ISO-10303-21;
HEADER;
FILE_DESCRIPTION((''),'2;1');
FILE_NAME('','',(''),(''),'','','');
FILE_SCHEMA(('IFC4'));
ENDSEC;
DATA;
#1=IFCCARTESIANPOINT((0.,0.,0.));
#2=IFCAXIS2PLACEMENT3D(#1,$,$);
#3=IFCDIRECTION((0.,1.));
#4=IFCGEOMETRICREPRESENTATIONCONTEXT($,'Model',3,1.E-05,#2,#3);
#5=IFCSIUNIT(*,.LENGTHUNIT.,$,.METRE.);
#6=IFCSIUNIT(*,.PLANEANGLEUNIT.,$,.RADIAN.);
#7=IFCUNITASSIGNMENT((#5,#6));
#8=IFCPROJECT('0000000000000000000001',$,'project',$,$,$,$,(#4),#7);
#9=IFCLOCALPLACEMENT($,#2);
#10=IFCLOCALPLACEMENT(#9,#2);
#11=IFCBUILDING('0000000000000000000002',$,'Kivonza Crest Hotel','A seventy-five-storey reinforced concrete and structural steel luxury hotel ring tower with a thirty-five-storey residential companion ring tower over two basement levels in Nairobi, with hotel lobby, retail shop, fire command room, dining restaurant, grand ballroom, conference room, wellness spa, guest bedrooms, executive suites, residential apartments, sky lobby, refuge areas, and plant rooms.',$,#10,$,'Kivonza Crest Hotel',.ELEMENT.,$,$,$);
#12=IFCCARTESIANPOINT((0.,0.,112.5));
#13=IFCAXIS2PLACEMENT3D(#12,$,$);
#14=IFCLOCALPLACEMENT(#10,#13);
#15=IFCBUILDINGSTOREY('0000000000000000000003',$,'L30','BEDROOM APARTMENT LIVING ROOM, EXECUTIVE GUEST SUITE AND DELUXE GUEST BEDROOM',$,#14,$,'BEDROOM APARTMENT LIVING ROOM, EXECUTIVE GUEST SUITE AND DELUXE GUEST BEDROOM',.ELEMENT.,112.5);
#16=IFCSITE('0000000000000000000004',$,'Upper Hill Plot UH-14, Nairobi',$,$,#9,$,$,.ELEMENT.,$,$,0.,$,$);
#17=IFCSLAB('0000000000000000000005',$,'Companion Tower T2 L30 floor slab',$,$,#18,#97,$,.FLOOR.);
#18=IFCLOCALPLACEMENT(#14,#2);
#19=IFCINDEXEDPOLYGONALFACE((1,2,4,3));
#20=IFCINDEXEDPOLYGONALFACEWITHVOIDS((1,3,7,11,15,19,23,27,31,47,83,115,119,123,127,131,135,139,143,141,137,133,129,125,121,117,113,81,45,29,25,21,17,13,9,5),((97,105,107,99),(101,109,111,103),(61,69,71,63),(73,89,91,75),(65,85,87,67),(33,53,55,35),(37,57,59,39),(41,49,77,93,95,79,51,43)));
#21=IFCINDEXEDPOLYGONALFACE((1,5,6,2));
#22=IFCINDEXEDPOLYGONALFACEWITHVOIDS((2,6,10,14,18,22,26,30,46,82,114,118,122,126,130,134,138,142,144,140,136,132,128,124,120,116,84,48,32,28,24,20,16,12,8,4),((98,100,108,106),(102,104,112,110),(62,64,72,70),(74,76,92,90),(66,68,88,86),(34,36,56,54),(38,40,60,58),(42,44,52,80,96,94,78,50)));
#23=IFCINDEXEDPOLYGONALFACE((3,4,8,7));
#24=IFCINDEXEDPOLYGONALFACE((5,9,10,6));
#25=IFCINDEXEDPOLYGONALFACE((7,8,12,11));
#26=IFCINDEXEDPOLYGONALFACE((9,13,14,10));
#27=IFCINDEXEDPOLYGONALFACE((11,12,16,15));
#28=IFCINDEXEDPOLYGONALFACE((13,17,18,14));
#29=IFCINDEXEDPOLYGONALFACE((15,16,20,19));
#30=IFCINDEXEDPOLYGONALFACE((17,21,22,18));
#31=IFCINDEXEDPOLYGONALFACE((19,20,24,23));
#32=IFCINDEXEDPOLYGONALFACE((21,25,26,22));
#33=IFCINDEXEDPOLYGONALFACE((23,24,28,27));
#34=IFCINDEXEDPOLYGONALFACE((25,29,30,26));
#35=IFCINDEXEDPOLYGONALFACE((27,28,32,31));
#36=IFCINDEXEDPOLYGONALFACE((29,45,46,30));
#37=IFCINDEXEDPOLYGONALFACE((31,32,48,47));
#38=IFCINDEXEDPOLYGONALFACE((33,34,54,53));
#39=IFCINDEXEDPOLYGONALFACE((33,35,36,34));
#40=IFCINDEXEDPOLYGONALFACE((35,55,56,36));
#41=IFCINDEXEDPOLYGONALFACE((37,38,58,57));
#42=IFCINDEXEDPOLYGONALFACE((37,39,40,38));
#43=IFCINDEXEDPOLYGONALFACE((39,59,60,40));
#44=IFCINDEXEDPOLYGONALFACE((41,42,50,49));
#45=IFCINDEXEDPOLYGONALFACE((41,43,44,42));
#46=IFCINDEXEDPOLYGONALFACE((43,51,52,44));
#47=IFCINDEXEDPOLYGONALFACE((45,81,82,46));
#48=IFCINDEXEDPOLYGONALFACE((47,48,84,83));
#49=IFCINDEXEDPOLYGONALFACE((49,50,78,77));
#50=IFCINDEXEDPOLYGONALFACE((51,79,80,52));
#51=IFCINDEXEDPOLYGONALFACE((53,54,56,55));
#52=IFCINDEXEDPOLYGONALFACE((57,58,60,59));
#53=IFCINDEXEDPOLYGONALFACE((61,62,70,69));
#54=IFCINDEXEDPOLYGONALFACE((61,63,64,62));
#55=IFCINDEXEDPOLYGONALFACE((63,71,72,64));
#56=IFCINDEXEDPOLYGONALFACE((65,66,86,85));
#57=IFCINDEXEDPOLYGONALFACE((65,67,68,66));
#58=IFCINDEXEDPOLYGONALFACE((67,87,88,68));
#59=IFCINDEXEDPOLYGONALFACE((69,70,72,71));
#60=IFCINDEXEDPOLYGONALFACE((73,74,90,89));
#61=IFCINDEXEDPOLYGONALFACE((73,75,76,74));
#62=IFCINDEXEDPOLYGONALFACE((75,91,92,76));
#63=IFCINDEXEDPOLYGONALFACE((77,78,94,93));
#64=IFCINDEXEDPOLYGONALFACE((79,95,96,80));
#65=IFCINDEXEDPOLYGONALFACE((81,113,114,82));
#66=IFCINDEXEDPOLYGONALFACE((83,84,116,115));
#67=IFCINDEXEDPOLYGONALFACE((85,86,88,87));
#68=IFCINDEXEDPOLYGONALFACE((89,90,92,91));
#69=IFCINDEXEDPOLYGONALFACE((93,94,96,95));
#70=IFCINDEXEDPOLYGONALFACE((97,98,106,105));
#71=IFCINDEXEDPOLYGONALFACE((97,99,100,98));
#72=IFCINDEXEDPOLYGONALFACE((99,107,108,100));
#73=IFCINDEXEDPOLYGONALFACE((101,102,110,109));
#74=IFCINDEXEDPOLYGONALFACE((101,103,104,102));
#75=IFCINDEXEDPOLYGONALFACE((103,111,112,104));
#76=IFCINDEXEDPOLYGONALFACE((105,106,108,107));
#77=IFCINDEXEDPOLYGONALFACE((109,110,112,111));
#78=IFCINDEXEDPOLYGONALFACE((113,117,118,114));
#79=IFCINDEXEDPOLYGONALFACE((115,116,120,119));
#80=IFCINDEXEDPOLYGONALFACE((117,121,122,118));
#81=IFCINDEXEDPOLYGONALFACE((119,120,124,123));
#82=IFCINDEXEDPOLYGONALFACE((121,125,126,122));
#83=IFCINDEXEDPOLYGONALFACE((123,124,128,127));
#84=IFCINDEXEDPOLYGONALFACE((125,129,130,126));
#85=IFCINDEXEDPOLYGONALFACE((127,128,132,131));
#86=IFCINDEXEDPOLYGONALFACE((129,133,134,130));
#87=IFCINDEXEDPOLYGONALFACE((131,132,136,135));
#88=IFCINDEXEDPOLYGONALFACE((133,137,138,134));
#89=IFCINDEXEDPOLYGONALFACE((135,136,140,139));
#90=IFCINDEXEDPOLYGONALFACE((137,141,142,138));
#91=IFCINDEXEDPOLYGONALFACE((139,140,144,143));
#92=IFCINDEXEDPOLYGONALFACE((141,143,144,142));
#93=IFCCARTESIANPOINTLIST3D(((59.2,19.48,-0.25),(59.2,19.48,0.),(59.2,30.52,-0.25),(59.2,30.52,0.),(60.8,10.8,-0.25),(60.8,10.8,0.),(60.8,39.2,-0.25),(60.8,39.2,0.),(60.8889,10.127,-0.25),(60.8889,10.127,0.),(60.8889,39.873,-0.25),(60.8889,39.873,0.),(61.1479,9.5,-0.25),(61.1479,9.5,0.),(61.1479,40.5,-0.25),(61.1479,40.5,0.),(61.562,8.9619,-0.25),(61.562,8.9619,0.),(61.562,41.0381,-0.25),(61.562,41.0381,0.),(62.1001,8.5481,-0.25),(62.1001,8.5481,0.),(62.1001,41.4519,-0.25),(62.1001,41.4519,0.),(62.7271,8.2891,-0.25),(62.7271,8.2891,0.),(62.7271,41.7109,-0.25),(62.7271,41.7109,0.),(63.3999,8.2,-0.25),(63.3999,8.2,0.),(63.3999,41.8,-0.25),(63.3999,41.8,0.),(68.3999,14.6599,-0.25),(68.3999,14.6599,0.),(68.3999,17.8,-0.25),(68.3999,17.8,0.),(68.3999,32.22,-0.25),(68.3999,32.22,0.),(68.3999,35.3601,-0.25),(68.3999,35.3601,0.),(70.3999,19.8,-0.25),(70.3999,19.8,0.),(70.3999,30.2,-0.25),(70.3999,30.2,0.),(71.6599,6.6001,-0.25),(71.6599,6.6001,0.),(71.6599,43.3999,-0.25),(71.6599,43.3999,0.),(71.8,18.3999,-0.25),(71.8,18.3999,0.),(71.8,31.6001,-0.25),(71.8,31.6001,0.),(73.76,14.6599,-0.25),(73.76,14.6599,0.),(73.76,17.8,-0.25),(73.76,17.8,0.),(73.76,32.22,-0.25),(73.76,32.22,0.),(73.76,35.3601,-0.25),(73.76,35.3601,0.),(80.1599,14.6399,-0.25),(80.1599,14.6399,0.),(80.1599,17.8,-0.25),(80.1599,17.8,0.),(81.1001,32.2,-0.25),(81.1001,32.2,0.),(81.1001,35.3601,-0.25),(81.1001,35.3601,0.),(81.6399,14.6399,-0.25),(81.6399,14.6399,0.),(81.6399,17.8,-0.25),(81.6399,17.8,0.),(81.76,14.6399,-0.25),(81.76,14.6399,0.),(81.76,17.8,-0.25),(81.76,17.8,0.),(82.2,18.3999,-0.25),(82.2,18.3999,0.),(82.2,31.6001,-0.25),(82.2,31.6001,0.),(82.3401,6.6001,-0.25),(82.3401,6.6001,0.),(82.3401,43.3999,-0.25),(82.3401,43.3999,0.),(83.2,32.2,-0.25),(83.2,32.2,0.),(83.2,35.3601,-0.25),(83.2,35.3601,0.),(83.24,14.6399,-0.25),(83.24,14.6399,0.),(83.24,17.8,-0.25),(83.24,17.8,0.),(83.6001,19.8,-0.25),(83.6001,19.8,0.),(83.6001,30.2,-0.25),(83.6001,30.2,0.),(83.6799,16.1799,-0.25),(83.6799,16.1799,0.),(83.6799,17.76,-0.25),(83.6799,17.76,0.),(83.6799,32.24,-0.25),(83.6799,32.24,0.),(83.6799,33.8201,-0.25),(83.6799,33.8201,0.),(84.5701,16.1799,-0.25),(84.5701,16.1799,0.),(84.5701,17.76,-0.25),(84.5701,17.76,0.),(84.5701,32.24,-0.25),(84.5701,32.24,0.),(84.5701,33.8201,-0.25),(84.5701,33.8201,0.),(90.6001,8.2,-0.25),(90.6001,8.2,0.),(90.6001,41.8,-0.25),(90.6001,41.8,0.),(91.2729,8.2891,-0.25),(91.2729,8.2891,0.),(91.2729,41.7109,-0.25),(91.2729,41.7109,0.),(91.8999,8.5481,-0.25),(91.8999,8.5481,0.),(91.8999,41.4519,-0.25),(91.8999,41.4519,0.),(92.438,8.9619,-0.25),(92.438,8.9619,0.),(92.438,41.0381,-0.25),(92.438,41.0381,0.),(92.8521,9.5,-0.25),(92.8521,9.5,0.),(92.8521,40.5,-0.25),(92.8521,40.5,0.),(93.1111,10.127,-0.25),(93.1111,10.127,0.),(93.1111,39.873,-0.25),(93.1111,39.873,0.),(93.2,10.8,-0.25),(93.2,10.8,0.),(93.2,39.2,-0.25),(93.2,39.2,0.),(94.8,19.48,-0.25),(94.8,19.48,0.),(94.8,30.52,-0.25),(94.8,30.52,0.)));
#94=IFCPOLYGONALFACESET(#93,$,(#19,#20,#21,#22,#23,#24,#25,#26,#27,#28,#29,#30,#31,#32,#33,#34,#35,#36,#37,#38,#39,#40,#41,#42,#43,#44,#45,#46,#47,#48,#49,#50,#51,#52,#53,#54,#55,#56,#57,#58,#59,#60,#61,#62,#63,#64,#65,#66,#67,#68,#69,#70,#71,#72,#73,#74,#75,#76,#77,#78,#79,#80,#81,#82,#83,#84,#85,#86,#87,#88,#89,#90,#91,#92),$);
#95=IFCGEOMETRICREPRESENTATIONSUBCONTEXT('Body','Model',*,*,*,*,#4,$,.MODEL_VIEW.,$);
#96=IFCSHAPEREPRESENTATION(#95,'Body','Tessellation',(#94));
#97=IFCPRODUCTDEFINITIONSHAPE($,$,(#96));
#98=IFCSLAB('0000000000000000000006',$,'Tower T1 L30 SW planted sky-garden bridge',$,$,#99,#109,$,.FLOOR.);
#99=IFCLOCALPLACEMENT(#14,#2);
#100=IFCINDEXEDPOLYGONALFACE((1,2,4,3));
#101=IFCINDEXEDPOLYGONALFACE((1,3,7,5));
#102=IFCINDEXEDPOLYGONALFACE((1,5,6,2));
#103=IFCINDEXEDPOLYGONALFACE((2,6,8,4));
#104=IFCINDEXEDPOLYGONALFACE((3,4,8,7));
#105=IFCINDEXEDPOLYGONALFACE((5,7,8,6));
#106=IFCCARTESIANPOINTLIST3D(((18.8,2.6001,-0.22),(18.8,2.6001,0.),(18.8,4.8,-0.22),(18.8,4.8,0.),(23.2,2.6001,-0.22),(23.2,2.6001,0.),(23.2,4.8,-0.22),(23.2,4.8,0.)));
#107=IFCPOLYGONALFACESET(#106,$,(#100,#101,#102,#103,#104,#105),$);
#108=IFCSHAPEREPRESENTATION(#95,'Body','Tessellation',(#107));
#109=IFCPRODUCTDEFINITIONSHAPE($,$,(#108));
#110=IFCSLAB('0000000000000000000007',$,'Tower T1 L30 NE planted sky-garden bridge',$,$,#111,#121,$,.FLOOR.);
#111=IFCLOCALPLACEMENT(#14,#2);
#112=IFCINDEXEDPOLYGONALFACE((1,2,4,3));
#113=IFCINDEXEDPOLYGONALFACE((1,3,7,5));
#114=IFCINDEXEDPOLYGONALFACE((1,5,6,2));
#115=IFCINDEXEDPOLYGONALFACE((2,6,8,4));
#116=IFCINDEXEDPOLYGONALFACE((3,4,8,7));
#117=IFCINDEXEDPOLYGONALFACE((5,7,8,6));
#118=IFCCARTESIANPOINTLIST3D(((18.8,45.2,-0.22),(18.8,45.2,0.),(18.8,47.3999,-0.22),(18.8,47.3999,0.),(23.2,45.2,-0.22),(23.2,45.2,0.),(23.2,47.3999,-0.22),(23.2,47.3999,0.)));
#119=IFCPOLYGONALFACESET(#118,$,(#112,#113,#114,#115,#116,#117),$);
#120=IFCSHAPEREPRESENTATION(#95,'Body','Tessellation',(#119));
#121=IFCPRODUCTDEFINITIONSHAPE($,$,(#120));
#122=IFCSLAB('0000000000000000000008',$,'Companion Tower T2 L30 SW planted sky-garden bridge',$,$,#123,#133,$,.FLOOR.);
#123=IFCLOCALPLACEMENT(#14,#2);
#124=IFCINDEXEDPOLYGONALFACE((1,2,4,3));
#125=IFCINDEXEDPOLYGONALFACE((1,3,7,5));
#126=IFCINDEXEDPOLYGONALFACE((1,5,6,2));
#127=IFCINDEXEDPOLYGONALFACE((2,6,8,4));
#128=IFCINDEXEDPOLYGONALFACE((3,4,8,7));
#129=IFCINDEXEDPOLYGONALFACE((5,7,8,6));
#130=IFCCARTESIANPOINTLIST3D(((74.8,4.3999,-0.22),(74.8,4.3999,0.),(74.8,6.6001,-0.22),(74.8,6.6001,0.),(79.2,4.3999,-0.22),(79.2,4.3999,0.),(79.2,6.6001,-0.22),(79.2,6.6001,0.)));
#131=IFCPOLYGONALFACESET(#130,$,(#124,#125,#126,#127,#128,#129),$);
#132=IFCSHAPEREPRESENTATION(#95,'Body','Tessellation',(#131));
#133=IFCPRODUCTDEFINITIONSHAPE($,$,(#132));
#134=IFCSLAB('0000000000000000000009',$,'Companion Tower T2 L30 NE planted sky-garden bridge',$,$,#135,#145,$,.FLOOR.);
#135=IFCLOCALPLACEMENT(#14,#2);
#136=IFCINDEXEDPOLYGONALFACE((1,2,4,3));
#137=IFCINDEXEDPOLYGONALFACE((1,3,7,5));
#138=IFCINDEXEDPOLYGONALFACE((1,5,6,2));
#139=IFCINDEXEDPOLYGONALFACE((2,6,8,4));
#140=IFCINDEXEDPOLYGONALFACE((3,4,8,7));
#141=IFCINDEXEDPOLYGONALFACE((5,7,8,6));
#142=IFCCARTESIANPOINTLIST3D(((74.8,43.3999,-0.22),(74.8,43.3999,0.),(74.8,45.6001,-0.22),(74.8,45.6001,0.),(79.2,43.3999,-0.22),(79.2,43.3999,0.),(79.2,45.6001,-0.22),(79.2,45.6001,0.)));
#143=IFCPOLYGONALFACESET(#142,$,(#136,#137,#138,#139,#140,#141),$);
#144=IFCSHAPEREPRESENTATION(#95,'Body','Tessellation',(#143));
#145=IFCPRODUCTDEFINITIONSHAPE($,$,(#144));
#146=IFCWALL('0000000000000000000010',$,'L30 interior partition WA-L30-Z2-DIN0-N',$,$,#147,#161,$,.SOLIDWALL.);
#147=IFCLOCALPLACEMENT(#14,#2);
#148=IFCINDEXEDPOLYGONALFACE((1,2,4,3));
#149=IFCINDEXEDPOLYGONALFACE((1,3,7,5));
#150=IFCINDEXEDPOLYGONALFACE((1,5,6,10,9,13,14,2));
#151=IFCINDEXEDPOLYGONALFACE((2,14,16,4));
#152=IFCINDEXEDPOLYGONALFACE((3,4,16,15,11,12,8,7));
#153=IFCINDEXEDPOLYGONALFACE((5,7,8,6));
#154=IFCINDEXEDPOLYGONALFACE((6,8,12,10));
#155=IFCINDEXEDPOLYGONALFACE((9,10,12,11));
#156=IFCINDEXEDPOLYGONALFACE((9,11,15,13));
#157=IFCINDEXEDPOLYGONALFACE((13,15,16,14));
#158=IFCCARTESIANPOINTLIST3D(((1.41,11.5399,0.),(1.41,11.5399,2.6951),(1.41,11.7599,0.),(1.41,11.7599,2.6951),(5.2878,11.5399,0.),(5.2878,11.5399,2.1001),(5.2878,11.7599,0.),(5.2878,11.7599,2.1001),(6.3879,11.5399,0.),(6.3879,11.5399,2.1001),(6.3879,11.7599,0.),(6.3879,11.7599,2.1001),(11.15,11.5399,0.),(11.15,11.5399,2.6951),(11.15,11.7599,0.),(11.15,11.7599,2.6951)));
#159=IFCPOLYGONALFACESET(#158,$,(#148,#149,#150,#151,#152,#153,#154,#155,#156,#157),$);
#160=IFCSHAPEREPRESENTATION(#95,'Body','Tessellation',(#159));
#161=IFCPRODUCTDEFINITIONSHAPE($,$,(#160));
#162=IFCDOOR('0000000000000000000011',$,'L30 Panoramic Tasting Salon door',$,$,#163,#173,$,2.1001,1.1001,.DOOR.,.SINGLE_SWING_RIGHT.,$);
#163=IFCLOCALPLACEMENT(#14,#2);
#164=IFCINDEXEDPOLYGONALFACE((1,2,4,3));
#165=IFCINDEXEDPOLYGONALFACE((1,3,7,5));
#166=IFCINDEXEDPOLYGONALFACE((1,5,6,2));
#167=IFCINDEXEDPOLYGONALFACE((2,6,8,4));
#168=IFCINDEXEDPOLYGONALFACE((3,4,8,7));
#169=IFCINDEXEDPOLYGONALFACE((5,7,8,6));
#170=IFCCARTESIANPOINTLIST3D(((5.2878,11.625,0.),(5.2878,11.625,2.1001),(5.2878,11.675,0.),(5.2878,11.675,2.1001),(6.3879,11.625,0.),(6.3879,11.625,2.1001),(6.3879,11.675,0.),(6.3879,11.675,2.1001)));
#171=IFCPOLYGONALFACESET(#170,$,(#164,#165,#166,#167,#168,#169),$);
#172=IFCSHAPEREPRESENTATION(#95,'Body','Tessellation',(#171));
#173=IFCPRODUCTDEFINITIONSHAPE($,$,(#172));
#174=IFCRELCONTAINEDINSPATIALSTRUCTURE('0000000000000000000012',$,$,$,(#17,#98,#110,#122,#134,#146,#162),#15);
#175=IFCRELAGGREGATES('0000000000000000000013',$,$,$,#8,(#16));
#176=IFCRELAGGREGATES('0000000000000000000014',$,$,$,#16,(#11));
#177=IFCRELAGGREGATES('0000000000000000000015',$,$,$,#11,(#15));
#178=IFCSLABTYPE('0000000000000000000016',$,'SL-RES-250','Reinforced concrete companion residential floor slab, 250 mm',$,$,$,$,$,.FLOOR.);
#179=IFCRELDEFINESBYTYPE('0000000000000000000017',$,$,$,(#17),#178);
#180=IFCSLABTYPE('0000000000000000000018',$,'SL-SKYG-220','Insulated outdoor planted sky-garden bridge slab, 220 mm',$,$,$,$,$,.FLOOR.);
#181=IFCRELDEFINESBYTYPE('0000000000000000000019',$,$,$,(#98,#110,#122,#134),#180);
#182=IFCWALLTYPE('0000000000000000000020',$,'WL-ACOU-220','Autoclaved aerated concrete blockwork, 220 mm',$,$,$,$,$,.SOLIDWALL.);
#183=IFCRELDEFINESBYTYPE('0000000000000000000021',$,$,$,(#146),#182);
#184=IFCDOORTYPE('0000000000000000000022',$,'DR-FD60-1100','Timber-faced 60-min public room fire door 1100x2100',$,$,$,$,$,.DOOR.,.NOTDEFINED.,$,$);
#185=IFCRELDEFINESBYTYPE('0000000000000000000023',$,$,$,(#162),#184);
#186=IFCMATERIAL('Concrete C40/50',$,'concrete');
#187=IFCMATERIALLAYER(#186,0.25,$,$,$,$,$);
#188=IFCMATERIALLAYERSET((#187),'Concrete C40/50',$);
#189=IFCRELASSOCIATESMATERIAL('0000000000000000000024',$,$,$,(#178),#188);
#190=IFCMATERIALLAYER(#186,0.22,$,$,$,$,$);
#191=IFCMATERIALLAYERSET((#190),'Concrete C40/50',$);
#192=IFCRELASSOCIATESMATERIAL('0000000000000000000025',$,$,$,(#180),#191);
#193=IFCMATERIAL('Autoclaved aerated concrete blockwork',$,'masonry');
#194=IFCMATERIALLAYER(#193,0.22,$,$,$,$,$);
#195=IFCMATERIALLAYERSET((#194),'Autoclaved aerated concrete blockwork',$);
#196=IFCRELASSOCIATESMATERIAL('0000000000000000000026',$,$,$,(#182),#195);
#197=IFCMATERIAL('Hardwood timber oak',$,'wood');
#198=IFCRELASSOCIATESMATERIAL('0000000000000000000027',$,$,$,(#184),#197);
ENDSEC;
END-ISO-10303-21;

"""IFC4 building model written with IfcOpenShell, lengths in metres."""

from ifc_helpers import new_model, si_unit, direction, frame, frame_2d, origin, place, context, subcontext, project, spatial, polyline, rectangle, outline, extrude, material, layer, layer_set, type_object, element, fill, save


model = new_model("IFC4")

# Units and contexts
model_context = context("Model", 3, precision=1e-05, world=origin(), true_north=direction((0.0, 1.0)))
body_context = subcontext(model_context, "Body", "Model", "MODEL_VIEW")
ifc_project = project(units=[si_unit("LENGTHUNIT", "METRE"), si_unit("PLANEANGLEUNIT", "RADIAN")], contexts=[model_context])

# Site, building, storey
site_placement = place(None, origin())
site = spatial("IfcSite", under=ifc_project, at=site_placement, Name="Upper Hill Plot UH-14, Nairobi", CompositionType="ELEMENT", RefElevation=0.0)
building_placement = place(site_placement, origin())
building = spatial("IfcBuilding", under=site, at=building_placement, Name="Kivonza Crest Hotel", Description="A seventy-five-storey reinforced concrete and structural steel luxury hotel ring tower with a thirty-five-storey residential companion ring tower over two basement levels in Nairobi, with hotel lobby, retail shop, fire command room, dining restaurant, grand ballroom, conference room, wellness spa, guest bedrooms, executive suites, residential apartments, sky lobby, refuge areas, and plant rooms.", LongName="Kivonza Crest Hotel", CompositionType="ELEMENT")
storey_placement = place(building_placement, frame((0.0, 0.0, 112.5)))
storey = spatial("IfcBuildingStorey", under=building, at=storey_placement, Name="L30", Description="BEDROOM APARTMENT LIVING ROOM, EXECUTIVE GUEST SUITE AND DELUXE GUEST BEDROOM", LongName="BEDROOM APARTMENT LIVING ROOM, EXECUTIVE GUEST SUITE AND DELUXE GUEST BEDROOM", CompositionType="ELEMENT", Elevation=112.5)

# Shared definitions
ifc_material_1 = material(Name="Concrete C40/50", Category="concrete")

# Slabs
ifc_layer_1 = layer(ifc_material_1, 0.25)
ifc_layer_set_1 = layer_set([ifc_layer_1], Name="Concrete C40/50")
slab_type_1 = type_object("IfcSlabType", Name="SL-RES-250", Description="Reinforced concrete companion residential floor slab, 250 mm", PredefinedType="FLOOR", material=ifc_layer_set_1)
slab_1_placement = place(storey_placement, frame((0.0, 0.0, -0.25)))
element("IfcSlab", 1, at=slab_1_placement, inside=storey, type_object=slab_type_1, Name="Companion Tower T2 L30 floor slab", PredefinedType="FLOOR", context=body_context, shape_type="SweptSolid", body=[
    extrude(outline(polyline([(60.8, 10.8), (60.8889, 10.127), (61.1479, 9.5), (61.562, 8.9619), (62.1001, 8.5481), (62.7271, 8.2891), (63.3999, 8.2), (71.6599, 6.6001), (82.3401, 6.6001), (90.6001, 8.2), (91.2729, 8.2891), (91.8999, 8.5481), (92.438, 8.9619), (92.8521, 9.5), (93.1111, 10.127), (93.2, 10.8), (94.8, 19.48), (94.8, 30.52), (93.2, 39.2), (93.1111, 39.873), (92.8521, 40.5), (92.438, 41.0381), (91.8999, 41.4519), (91.2729, 41.7109), (90.6001, 41.8), (82.3401, 43.3999), (71.6599, 43.3999), (63.3999, 41.8), (62.7271, 41.7109), (62.1001, 41.4519), (61.562, 41.0381), (61.1479, 40.5), (60.8889, 39.873), (60.8, 39.2), (59.2, 30.52), (59.2, 19.48), (60.8, 10.8)]), holes=[polyline([(71.8, 18.3999), (82.2, 18.3999), (83.6001, 19.8), (83.6001, 30.2), (82.2, 31.6001), (71.8, 31.6001), (70.3999, 30.2), (70.3999, 19.8), (71.8, 18.3999)]), polyline([(68.3999, 32.22), (73.76, 32.22), (73.76, 35.3601), (68.3999, 35.3601), (68.3999, 32.22)]), polyline([(68.3999, 14.6599), (73.76, 14.6599), (73.76, 17.8), (68.3999, 17.8), (68.3999, 14.6599)]), polyline([(83.6799, 32.24), (84.5701, 32.24), (84.5701, 33.8201), (83.6799, 33.8201), (83.6799, 32.24)]), polyline([(83.6799, 16.1799), (84.5701, 16.1799), (84.5701, 17.76), (83.6799, 17.76), (83.6799, 16.1799)]), polyline([(81.1001, 32.2), (83.2, 32.2), (83.2, 35.3601), (81.1001, 35.3601), (81.1001, 32.2)]), polyline([(80.1599, 14.6399), (81.6399, 14.6399), (81.6399, 17.8), (80.1599, 17.8), (80.1599, 14.6399)]), polyline([(81.76, 14.6399), (83.24, 14.6399), (83.24, 17.8), (81.76, 17.8), (81.76, 14.6399)])]), origin(), (0.0, 0.0, 1.0), 0.25),
])
ifc_layer_2 = layer(ifc_material_1, 0.22)
ifc_layer_set_2 = layer_set([ifc_layer_2], Name="Concrete C40/50")
slab_type_2 = type_object("IfcSlabType", Name="SL-SKYG-220", Description="Insulated outdoor planted sky-garden bridge slab, 220 mm", PredefinedType="FLOOR", material=ifc_layer_set_2)
slab_2_placement = place(storey_placement, frame((0.0, 0.0, -0.22)))
element("IfcSlab", 2, at=slab_2_placement, inside=storey, type_object=slab_type_2, Name="Tower T1 L30 SW planted sky-garden bridge", PredefinedType="FLOOR", context=body_context, shape_type="SweptSolid", body=[
    extrude(outline(polyline([(18.8, 2.6001), (23.2, 2.6001), (23.2, 4.8), (18.8, 4.8), (18.8, 2.6001)])), origin(), (0.0, 0.0, 1.0), 0.22),
])
slab_3_placement = place(storey_placement, frame((0.0, 0.0, -0.22)))
element("IfcSlab", 3, at=slab_3_placement, inside=storey, type_object=slab_type_2, Name="Tower T1 L30 NE planted sky-garden bridge", PredefinedType="FLOOR", context=body_context, shape_type="SweptSolid", body=[
    extrude(outline(polyline([(18.8, 45.2), (23.2, 45.2), (23.2, 47.3999), (18.8, 47.3999), (18.8, 45.2)])), origin(), (0.0, 0.0, 1.0), 0.22),
])
slab_4_placement = place(storey_placement, frame((0.0, 0.0, -0.22)))
element("IfcSlab", 4, at=slab_4_placement, inside=storey, type_object=slab_type_2, Name="Companion Tower T2 L30 SW planted sky-garden bridge", PredefinedType="FLOOR", context=body_context, shape_type="SweptSolid", body=[
    extrude(outline(polyline([(74.8, 4.3999), (79.2, 4.3999), (79.2, 6.6001), (74.8, 6.6001), (74.8, 4.3999)])), origin(), (0.0, 0.0, 1.0), 0.22),
])
slab_5_placement = place(storey_placement, frame((0.0, 0.0, -0.22)))
element("IfcSlab", 5, at=slab_5_placement, inside=storey, type_object=slab_type_2, Name="Companion Tower T2 L30 NE planted sky-garden bridge", PredefinedType="FLOOR", context=body_context, shape_type="SweptSolid", body=[
    extrude(outline(polyline([(74.8, 43.3999), (79.2, 43.3999), (79.2, 45.6001), (74.8, 45.6001), (74.8, 43.3999)])), origin(), (0.0, 0.0, 1.0), 0.22),
])

# Wall, opening, door
ifc_material_2 = material(Name="Autoclaved aerated concrete blockwork", Category="masonry")
ifc_layer_3 = layer(ifc_material_2, 0.22)
ifc_layer_set_3 = layer_set([ifc_layer_3], Name="Autoclaved aerated concrete blockwork")
wall_type_1 = type_object("IfcWallType", Name="WL-ACOU-220", Description="Autoclaved aerated concrete blockwork, 220 mm", PredefinedType="SOLIDWALL", material=ifc_layer_set_3)
wall_1_placement = place(storey_placement, frame((1.4099, 11.6499, 0.0), z_axis=(0.0, 0.0, 1.0), x_axis=(1.0, 0.0, 0.0)))
wall_1 = element("IfcWall", 6, at=wall_1_placement, inside=storey, type_object=wall_type_1, Name="L30 interior partition WA-L30-Z2-DIN0-N", PredefinedType="SOLIDWALL", context=body_context, shape_type="SweptSolid", body=[
    extrude(rectangle(XDim=9.74, YDim=0.22, at=frame_2d((4.8701, 0.0))), origin(), (0.0, 0.0, 1.0), 2.6951),
])
opening_placement = place(wall_1_placement, frame((3.8779, 0.0, 0.0)))
opening = element("IfcOpeningElement", 7, at=opening_placement, cuts=wall_1, PredefinedType="OPENING", context=body_context, shape_type="SweptSolid", body=[
    extrude(rectangle(XDim=1.1001, YDim=2.1001, at=frame_2d((0.55, 1.05))), frame((0.0, 0.1201, 0.0), z_axis=(0.0, -1.0, 0.0), x_axis=(1.0, 0.0, 0.0)), (0.0, 0.0, 1.0), 0.24),
])
ifc_material_3 = material(Name="Hardwood timber oak", Category="wood")
door_type = type_object("IfcDoorType", Name="DR-FD60-1100", Description="Timber-faced 60-min public room fire door 1100x2100", OperationType="NOTDEFINED", PredefinedType="DOOR", material=ifc_material_3)
door_placement = place(opening_placement, frame((1.1001, 0.0, 0.0), z_axis=(0.0, 0.0, 1.0), x_axis=(-1.0, 0.0, 0.0)))
door = element("IfcDoor", 8, at=door_placement, inside=storey, type_object=door_type, Name="L30 Panoramic Tasting Salon door", OperationType="SINGLE_SWING_RIGHT", OverallHeight=2.1001, OverallWidth=1.1001, PredefinedType="DOOR", context=body_context, shape_type="SweptSolid", body=[
    extrude(rectangle(XDim=1.1001, YDim=2.1001, at=frame_2d((0.55, 1.05))), frame((0.0, 0.0249, 0.0), z_axis=(0.0, -1.0, 0.0), x_axis=(1.0, 0.0, 0.0)), (0.0, 0.0, 1.0), 0.05),
])
fill(opening, door)

save(model, "model.ifc")
